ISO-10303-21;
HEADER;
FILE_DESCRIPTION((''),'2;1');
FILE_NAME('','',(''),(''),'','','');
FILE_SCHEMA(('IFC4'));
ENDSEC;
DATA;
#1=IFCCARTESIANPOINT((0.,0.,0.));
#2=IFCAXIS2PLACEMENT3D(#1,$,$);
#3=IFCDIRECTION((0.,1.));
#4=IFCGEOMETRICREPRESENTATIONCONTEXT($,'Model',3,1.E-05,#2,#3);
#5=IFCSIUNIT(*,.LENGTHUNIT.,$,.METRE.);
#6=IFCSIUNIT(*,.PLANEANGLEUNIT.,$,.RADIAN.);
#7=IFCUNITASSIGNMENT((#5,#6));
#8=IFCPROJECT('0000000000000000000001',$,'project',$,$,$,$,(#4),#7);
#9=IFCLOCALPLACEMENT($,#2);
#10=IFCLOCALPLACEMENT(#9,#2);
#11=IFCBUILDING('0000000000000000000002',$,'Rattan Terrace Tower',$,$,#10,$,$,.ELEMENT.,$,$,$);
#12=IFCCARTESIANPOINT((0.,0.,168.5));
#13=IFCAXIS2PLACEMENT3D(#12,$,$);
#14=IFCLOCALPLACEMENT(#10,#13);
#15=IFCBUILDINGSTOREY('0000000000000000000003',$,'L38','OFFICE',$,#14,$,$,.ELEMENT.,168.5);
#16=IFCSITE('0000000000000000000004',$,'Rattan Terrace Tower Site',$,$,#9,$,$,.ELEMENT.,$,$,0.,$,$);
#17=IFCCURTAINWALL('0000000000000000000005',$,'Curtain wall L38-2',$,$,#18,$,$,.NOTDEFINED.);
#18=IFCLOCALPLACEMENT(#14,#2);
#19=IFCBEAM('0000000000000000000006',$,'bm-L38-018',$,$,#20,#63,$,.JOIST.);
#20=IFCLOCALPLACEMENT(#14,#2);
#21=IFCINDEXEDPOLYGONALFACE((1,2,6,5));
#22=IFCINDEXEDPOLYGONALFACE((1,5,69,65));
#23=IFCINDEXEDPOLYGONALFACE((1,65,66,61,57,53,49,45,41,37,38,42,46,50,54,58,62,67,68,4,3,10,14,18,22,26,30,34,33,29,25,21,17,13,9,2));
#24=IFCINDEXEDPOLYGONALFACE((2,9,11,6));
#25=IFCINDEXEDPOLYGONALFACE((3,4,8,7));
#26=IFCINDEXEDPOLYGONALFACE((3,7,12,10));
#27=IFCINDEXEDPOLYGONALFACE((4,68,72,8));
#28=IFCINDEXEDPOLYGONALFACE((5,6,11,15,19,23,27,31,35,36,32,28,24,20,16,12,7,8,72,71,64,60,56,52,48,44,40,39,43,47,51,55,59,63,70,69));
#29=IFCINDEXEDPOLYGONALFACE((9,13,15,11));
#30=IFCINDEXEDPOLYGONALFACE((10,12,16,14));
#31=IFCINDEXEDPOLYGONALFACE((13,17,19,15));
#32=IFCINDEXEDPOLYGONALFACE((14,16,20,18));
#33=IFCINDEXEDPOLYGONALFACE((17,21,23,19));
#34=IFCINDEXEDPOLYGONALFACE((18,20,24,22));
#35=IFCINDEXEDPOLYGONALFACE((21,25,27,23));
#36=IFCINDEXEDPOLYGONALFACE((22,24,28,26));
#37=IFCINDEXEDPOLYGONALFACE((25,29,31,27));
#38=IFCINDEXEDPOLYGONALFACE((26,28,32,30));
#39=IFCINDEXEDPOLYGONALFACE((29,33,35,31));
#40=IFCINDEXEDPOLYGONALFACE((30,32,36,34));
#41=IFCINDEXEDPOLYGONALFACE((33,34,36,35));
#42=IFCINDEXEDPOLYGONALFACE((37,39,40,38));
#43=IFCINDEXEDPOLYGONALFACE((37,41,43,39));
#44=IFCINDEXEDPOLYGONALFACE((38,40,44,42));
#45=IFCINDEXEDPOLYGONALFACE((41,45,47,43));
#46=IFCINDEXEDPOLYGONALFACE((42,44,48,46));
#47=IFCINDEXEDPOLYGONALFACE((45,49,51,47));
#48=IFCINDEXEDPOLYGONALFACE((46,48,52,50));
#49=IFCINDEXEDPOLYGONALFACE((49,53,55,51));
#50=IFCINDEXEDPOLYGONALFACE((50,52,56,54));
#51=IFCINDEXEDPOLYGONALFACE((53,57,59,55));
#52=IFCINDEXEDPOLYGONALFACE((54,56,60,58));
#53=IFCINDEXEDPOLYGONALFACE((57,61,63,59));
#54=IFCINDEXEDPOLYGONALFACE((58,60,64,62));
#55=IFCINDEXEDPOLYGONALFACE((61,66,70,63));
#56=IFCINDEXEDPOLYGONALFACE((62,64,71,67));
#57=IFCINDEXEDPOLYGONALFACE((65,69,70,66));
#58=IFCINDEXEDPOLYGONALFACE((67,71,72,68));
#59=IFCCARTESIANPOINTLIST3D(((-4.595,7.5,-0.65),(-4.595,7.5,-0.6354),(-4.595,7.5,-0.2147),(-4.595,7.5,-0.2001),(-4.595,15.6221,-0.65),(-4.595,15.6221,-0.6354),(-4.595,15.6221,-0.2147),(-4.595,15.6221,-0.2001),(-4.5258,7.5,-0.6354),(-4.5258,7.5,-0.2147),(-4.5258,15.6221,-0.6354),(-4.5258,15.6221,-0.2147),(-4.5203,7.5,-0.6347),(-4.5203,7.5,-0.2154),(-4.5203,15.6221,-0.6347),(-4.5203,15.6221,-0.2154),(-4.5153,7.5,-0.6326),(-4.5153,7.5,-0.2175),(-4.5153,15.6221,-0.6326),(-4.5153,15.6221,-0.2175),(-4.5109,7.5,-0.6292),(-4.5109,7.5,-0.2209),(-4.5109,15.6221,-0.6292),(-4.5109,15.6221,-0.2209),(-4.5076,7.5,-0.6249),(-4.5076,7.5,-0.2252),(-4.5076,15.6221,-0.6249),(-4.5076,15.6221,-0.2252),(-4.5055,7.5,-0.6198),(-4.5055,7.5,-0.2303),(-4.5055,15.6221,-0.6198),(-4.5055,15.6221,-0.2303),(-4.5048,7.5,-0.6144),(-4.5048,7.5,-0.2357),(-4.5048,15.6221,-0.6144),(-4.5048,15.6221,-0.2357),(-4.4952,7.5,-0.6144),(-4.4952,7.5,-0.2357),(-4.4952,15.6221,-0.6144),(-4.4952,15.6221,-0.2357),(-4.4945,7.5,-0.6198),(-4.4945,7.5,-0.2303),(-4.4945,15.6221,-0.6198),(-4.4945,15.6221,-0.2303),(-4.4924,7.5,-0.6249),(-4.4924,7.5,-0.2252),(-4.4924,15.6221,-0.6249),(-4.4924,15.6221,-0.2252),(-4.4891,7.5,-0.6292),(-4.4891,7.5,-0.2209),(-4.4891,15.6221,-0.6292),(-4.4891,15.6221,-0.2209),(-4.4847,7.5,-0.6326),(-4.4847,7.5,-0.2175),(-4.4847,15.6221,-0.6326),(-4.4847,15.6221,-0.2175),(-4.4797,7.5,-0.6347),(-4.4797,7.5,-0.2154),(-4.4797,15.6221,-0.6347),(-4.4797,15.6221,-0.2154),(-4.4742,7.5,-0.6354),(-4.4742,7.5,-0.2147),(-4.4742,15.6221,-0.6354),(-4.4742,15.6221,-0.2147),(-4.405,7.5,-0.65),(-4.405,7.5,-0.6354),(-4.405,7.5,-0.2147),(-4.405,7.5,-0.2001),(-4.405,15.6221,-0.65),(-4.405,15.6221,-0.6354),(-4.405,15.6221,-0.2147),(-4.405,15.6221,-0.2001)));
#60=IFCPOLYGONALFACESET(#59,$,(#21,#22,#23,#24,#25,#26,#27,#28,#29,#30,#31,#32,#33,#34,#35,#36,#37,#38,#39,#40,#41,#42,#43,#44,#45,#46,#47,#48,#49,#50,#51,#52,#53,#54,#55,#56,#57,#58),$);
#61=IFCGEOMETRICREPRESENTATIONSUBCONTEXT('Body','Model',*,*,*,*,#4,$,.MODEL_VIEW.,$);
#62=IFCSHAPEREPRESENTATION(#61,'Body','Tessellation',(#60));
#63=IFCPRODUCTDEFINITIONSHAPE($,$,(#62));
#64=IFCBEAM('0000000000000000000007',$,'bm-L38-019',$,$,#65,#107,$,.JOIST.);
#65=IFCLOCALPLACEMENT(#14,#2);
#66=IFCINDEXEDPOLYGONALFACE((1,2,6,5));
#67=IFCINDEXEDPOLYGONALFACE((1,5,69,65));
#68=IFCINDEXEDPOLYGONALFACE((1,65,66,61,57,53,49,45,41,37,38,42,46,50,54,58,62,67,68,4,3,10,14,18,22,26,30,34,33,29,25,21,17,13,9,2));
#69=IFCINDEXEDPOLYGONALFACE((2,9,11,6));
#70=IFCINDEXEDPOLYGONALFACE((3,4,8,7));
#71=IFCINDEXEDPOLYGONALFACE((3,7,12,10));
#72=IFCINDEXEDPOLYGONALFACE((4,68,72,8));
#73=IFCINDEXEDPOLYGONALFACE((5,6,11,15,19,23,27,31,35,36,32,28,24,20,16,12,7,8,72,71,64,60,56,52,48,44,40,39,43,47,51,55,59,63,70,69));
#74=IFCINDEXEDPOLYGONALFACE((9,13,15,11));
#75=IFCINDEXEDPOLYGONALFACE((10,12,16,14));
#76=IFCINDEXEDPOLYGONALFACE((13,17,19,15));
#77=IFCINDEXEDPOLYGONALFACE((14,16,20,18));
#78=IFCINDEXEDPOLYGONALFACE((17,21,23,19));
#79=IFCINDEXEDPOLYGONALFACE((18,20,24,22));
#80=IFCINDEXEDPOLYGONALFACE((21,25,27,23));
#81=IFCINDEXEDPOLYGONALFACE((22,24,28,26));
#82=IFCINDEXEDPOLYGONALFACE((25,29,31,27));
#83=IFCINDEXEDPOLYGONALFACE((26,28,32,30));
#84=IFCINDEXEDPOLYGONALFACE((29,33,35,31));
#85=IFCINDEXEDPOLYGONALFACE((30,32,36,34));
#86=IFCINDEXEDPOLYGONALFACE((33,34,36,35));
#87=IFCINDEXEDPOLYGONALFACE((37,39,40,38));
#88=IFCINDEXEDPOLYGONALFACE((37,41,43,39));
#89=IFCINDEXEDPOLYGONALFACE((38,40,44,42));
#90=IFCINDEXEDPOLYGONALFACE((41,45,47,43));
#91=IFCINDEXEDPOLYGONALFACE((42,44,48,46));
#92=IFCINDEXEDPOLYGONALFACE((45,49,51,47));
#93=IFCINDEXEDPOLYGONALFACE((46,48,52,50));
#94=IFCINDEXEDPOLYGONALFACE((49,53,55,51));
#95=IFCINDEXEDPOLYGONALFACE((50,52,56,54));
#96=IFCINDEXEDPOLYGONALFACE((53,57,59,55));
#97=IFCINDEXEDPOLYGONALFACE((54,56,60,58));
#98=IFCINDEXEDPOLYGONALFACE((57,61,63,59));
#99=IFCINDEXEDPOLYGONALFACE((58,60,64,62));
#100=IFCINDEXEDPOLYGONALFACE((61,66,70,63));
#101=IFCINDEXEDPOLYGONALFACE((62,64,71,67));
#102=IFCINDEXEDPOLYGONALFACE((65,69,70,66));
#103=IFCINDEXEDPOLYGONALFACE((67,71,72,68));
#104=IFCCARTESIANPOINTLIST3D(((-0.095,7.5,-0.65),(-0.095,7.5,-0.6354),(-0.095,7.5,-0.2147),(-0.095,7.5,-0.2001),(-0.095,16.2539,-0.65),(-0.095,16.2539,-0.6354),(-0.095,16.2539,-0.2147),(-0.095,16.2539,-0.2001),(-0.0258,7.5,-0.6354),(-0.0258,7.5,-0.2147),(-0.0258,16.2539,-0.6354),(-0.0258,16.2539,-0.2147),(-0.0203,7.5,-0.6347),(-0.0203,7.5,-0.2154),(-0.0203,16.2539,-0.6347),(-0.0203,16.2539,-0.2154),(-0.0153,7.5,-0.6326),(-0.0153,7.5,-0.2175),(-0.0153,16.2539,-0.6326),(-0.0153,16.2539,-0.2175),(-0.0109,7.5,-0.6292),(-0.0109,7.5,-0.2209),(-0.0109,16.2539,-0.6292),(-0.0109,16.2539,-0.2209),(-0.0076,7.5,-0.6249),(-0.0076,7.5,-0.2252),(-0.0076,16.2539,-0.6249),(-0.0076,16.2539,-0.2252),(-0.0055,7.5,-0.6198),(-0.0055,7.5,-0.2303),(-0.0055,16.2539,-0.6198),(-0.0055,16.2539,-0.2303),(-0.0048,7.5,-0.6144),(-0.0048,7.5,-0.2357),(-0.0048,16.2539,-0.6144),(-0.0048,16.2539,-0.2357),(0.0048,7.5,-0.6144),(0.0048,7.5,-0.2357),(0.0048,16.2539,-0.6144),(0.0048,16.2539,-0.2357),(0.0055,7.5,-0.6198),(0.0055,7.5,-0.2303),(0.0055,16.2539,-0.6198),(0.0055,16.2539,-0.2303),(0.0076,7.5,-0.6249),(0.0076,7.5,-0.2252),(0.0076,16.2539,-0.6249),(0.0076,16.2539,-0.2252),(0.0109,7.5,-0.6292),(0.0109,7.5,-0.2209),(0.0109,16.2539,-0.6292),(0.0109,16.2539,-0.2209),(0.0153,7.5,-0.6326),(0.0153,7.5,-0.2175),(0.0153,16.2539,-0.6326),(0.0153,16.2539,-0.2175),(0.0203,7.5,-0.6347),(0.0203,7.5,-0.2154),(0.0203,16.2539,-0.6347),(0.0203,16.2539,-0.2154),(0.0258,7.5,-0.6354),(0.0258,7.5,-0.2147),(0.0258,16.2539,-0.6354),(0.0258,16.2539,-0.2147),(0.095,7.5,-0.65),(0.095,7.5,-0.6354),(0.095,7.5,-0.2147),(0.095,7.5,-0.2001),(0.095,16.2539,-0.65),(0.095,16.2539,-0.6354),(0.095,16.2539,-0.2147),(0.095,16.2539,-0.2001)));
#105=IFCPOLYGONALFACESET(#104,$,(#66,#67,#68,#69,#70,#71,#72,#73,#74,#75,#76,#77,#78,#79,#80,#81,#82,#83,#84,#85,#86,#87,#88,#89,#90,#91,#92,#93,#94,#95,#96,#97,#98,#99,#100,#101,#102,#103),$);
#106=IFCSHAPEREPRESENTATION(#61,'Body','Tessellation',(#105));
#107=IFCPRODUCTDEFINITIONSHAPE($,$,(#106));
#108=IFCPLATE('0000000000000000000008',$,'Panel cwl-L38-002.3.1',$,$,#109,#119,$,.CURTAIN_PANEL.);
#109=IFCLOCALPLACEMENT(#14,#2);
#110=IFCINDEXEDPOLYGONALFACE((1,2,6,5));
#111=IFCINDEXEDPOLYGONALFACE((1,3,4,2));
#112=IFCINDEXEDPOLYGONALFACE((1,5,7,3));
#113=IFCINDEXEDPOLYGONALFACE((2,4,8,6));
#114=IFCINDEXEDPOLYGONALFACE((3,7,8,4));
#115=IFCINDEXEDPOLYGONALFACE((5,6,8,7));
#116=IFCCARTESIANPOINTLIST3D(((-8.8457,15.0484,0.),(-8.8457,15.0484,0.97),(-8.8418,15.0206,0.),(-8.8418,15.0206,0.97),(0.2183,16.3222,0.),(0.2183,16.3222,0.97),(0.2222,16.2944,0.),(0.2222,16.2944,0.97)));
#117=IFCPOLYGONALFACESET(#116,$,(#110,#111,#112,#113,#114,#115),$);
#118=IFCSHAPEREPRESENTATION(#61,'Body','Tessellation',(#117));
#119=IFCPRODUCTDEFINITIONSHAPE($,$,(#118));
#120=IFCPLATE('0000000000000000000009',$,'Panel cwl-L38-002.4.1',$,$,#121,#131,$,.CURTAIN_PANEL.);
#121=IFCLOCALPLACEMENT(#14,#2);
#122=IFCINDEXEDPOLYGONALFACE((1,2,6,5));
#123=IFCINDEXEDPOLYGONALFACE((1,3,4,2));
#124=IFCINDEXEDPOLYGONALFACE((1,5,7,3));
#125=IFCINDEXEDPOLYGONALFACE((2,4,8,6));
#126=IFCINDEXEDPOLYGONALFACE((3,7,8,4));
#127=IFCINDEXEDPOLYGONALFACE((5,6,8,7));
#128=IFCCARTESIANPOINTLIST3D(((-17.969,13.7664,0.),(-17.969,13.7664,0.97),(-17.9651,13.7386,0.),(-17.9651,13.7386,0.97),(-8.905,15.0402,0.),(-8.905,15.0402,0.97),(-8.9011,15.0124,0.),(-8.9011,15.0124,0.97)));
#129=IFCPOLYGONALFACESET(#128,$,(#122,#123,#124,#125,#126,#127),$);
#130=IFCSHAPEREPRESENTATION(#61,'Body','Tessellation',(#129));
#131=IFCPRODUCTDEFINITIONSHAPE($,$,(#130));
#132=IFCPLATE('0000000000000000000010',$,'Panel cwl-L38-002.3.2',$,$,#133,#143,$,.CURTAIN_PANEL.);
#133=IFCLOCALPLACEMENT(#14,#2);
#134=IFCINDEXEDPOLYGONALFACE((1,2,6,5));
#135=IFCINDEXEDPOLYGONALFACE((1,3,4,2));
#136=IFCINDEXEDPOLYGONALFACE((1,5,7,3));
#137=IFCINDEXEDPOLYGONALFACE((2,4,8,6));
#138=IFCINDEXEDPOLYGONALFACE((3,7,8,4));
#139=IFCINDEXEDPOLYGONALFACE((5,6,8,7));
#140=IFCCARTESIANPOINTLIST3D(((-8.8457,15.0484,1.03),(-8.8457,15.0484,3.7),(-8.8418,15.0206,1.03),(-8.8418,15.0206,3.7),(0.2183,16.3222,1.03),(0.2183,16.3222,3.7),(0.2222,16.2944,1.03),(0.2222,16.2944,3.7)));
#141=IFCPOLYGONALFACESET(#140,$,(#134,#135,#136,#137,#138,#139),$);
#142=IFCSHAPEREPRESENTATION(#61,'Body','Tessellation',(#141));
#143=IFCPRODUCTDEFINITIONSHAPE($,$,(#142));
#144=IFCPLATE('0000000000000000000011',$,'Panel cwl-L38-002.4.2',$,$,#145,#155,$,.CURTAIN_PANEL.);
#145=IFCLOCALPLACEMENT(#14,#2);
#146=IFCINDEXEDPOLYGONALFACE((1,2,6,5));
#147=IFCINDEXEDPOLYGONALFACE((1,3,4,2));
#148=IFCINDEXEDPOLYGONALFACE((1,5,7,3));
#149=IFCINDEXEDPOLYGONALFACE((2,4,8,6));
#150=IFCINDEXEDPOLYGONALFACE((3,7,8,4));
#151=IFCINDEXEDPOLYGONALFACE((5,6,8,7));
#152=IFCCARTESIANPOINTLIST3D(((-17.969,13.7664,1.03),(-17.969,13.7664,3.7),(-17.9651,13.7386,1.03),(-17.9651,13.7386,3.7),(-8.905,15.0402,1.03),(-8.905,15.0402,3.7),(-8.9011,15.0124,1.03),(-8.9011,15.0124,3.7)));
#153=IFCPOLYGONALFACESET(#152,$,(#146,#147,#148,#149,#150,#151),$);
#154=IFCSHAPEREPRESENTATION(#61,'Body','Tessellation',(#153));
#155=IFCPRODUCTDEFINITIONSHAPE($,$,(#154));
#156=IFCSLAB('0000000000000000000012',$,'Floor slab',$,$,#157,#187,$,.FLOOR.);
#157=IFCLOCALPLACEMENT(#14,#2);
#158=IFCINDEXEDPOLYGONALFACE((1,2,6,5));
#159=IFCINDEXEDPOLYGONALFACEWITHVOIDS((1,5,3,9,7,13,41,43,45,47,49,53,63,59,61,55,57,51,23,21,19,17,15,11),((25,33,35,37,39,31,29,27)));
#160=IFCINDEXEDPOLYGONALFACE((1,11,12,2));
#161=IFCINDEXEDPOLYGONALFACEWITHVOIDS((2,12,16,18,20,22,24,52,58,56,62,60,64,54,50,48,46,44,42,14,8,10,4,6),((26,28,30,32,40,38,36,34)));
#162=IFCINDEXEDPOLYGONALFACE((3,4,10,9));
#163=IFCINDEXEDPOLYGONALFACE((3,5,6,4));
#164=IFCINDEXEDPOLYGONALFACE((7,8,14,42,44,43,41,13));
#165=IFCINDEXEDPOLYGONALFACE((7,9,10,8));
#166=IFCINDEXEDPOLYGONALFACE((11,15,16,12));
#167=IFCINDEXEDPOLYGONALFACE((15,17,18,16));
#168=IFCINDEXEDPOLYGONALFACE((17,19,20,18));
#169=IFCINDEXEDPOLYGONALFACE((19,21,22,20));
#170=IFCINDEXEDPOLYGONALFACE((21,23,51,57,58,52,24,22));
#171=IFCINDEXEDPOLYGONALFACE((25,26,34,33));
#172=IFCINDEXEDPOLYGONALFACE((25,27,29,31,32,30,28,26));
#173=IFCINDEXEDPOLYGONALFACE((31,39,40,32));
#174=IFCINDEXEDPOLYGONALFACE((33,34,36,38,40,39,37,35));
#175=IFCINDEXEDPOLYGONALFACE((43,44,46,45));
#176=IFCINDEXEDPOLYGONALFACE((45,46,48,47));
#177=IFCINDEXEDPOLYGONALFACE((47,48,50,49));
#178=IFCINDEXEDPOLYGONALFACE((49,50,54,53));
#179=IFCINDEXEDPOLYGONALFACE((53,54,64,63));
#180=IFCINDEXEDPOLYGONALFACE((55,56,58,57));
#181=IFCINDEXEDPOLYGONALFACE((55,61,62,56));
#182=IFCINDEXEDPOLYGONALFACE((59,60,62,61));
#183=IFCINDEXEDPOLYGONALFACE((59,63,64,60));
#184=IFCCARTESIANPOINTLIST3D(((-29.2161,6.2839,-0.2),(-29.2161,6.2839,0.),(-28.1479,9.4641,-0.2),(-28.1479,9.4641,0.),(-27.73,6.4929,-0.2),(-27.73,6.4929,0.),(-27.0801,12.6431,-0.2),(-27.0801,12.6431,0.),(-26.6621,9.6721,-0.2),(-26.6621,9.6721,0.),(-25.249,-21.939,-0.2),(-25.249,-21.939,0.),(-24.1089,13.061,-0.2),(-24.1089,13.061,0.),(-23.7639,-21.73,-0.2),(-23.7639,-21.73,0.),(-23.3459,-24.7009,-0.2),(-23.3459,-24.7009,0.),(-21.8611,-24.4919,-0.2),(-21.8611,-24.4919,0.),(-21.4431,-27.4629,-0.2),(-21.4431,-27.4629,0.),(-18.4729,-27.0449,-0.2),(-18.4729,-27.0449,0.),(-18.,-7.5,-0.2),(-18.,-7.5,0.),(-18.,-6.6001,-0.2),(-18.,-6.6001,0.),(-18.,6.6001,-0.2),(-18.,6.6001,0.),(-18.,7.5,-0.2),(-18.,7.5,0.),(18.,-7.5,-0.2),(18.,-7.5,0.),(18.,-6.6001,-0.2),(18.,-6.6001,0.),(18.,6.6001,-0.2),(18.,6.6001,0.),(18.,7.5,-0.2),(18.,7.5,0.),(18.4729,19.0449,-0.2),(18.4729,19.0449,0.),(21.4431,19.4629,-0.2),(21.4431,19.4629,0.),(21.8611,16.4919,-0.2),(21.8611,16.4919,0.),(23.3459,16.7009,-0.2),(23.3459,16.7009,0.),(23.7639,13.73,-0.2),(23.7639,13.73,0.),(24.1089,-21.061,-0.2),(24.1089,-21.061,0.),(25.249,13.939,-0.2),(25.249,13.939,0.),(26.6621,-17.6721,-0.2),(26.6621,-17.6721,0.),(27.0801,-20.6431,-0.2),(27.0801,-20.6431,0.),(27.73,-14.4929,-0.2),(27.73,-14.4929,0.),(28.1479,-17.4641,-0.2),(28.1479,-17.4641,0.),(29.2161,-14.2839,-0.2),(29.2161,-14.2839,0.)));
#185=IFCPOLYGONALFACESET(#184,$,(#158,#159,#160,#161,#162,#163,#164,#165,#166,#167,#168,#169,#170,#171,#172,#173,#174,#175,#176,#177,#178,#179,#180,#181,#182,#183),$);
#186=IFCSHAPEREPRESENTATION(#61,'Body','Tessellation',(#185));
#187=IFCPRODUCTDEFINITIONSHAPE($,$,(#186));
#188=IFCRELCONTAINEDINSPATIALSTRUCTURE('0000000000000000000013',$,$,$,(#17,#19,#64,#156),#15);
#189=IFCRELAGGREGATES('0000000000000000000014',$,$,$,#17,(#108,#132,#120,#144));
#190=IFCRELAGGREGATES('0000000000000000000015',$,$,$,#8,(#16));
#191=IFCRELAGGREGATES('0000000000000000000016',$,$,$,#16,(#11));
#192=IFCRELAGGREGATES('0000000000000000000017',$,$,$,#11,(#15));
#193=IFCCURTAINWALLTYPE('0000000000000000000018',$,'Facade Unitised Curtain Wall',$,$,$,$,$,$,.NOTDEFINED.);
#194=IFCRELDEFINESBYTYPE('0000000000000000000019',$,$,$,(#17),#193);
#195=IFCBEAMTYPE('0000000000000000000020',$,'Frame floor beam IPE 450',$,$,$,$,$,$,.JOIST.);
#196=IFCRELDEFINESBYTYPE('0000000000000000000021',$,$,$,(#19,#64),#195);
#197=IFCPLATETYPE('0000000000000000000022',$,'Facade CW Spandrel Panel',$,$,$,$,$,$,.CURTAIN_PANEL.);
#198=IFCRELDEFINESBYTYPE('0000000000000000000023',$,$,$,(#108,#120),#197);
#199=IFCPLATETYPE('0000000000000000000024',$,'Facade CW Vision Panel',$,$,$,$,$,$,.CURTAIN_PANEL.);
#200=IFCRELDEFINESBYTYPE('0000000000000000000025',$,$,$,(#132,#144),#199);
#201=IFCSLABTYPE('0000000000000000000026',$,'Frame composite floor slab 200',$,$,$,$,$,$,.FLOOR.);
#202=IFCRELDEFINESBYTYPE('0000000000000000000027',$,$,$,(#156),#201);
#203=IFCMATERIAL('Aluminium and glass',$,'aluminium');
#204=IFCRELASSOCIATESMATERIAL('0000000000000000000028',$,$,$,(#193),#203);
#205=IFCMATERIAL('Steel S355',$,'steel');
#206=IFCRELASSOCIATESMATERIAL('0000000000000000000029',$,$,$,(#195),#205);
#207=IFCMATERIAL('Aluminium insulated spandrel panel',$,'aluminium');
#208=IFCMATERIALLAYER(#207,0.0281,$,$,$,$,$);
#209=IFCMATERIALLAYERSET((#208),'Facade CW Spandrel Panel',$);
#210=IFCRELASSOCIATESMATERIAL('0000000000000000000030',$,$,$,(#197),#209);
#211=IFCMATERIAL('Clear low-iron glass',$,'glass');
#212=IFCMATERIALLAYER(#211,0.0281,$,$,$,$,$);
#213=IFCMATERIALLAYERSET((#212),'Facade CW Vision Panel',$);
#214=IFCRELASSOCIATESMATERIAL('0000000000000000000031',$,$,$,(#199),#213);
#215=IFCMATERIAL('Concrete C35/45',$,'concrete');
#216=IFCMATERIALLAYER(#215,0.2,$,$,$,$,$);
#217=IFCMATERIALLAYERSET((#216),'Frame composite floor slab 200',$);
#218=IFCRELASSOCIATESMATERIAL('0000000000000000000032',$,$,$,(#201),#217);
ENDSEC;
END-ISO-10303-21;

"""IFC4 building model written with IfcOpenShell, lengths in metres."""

from ifc_helpers import new_model, si_unit, direction, frame, origin, origin_2d, place, context, subcontext, project, spatial, polyline, rectangle, i_section, outline, extrude, material, layer, layer_set, material_profile, profile_set, type_object, element, aggregate, save


model = new_model("IFC4")

# Units and contexts
model_context = context("Model", 3, precision=1e-05, world=origin(), true_north=direction((0.0, 1.0)))
body_context = subcontext(model_context, "Body", "Model", "MODEL_VIEW")
ifc_project = project(units=[si_unit("LENGTHUNIT", "METRE"), si_unit("PLANEANGLEUNIT", "RADIAN")], contexts=[model_context])

# Site, building, storey
site_placement = place(None, origin())
site = spatial("IfcSite", under=ifc_project, at=site_placement, Name="Rattan Terrace Tower Site", CompositionType="ELEMENT", RefElevation=0.0)
building_placement = place(site_placement, origin())
building = spatial("IfcBuilding", under=site, at=building_placement, Name="Rattan Terrace Tower", CompositionType="ELEMENT")
storey_placement = place(building_placement, frame((0.0, 0.0, 168.5)))
storey = spatial("IfcBuildingStorey", under=building, at=storey_placement, Name="L38", Description="OFFICE", CompositionType="ELEMENT", Elevation=168.5)

# Curtain wall
ifc_material_1 = material(Name="Aluminium and glass", Category="aluminium")
curtain_wall_type = type_object("IfcCurtainWallType", Name="Facade Unitised Curtain Wall", PredefinedType="NOTDEFINED", material=ifc_material_1)
curtain_wall_placement = place(storey_placement, origin())
curtain_wall = element("IfcCurtainWall", 1, at=curtain_wall_placement, inside=storey, type_object=curtain_wall_type, Name="Curtain wall L38-2", PredefinedType="NOTDEFINED")

# Beams
ifc_material_2 = material(Name="Steel S355", Category="steel")
ifc_material_profile_1 = material_profile(ifc_material_2, i_section(OverallWidth=0.1899, OverallDepth=0.45, WebThickness=0.0095, FlangeThickness=0.0146, FilletRadius=0.021, at=origin_2d()), Name="IPE 450")
ifc_profile_set_1 = profile_set([ifc_material_profile_1], Name="Steel S355")
beam_type_1 = type_object("IfcBeamType", Name="Frame floor beam IPE 450", PredefinedType="JOIST", material=ifc_profile_set_1)
beam_1_placement = place(storey_placement, frame((-4.5, 7.5, -0.425), z_axis=(0.0, 1.0, 0.0), x_axis=(-1.0, 0.0, 0.0)))
element("IfcBeam", 2, at=beam_1_placement, inside=storey, type_object=beam_type_1, Name="bm-L38-018", PredefinedType="JOIST", context=body_context, shape_type="SweptSolid", body=[
    extrude(i_section(OverallWidth=0.1899, OverallDepth=0.45, WebThickness=0.0095, FlangeThickness=0.0146, FilletRadius=0.021, at=origin_2d()), origin(), (0.0, 0.0, 1.0), 8.1221),
])
beam_2_placement = place(storey_placement, frame((0.0, 7.5, -0.425), z_axis=(0.0, 1.0, 0.0), x_axis=(-1.0, 0.0, 0.0)))
element("IfcBeam", 3, at=beam_2_placement, inside=storey, type_object=beam_type_1, Name="bm-L38-019", PredefinedType="JOIST", context=body_context, shape_type="SweptSolid", body=[
    extrude(i_section(OverallWidth=0.1899, OverallDepth=0.45, WebThickness=0.0095, FlangeThickness=0.0146, FilletRadius=0.021, at=origin_2d()), origin(), (0.0, 0.0, 1.0), 8.7539),
])

# Plates
ifc_material_3 = material(Name="Aluminium insulated spandrel panel", Category="aluminium")
ifc_layer_1 = layer(ifc_material_3, 0.0281)
ifc_layer_set_1 = layer_set([ifc_layer_1], Name="Facade CW Spandrel Panel")
plate_type_1 = type_object("IfcPlateType", Name="Facade CW Spandrel Panel", PredefinedType="CURTAIN_PANEL", material=ifc_layer_set_1)
plate_1_placement = place(storey_placement, frame((-4.3118, 15.6714, 0.0), z_axis=(0.0, 0.0, 1.0), x_axis=(-0.99027, -0.139161, 0.0)))
plate_1 = element("IfcPlate", 4, at=plate_1_placement, type_object=plate_type_1, Name="Panel cwl-L38-002.3.1", PredefinedType="CURTAIN_PANEL", context=body_context, shape_type="SweptSolid", body=[
    extrude(rectangle(XDim=9.1531, YDim=0.0281, at=origin_2d()), origin(), (0.0, 0.0, 1.0), 0.97),
])
plate_2_placement = place(storey_placement, frame((-13.4351, 14.3894, 0.0), z_axis=(0.0, 0.0, 1.0), x_axis=(-0.99027, -0.139161, 0.0)))
plate_2 = element("IfcPlate", 5, at=plate_2_placement, type_object=plate_type_1, Name="Panel cwl-L38-002.4.1", PredefinedType="CURTAIN_PANEL", context=body_context, shape_type="SweptSolid", body=[
    extrude(rectangle(XDim=9.1531, YDim=0.0281, at=origin_2d()), origin(), (0.0, 0.0, 1.0), 0.97),
])
ifc_material_4 = material(Name="Clear low-iron glass", Category="glass")
ifc_layer_2 = layer(ifc_material_4, 0.0281)
ifc_layer_set_2 = layer_set([ifc_layer_2], Name="Facade CW Vision Panel")
plate_type_2 = type_object("IfcPlateType", Name="Facade CW Vision Panel", PredefinedType="CURTAIN_PANEL", material=ifc_layer_set_2)
plate_3_placement = place(storey_placement, frame((-4.3118, 15.6714, 1.03), z_axis=(0.0, 0.0, 1.0), x_axis=(-0.99027, -0.139161, 0.0)))
plate_3 = element("IfcPlate", 6, at=plate_3_placement, type_object=plate_type_2, Name="Panel cwl-L38-002.3.2", PredefinedType="CURTAIN_PANEL", context=body_context, shape_type="SweptSolid", body=[
    extrude(rectangle(XDim=9.1531, YDim=0.0281, at=origin_2d()), origin(), (0.0, 0.0, 1.0), 2.6699),
])
plate_4_placement = place(storey_placement, frame((-13.4351, 14.3894, 1.03), z_axis=(0.0, 0.0, 1.0), x_axis=(-0.99027, -0.139161, 0.0)))
plate_4 = element("IfcPlate", 7, at=plate_4_placement, type_object=plate_type_2, Name="Panel cwl-L38-002.4.2", PredefinedType="CURTAIN_PANEL", context=body_context, shape_type="SweptSolid", body=[
    extrude(rectangle(XDim=9.1531, YDim=0.0281, at=origin_2d()), origin(), (0.0, 0.0, 1.0), 2.6699),
])
aggregate(curtain_wall, [plate_1, plate_3, plate_2, plate_4])

# Slab
ifc_material_5 = material(Name="Concrete C35/45", Category="concrete")
ifc_layer_3 = layer(ifc_material_5, 0.2)
ifc_layer_set_3 = layer_set([ifc_layer_3], Name="Frame composite floor slab 200")
slab_type = type_object("IfcSlabType", Name="Frame composite floor slab 200", PredefinedType="FLOOR", material=ifc_layer_set_3)
slab_1_placement = place(storey_placement, frame((0.0, 0.0, -0.2)))
element("IfcSlab", 8, at=slab_1_placement, inside=storey, type_object=slab_type, Name="Floor slab", PredefinedType="FLOOR", context=body_context, shape_type="SweptSolid", body=[
    extrude(outline(polyline([(-18.4729, -27.0449), (24.1089, -21.061), (27.0801, -20.6431), (26.6621, -17.6721), (28.1479, -17.4641), (27.73, -14.4929), (29.2161, -14.2839), (25.249, 13.939), (23.7639, 13.73), (23.3459, 16.7009), (21.8611, 16.4919), (21.4431, 19.4629), (18.4729, 19.0449), (-24.1089, 13.061), (-27.0801, 12.6431), (-26.6621, 9.6721), (-28.1479, 9.4641), (-27.73, 6.4929), (-29.2161, 6.2839), (-25.249, -21.939), (-23.7639, -21.73), (-23.3459, -24.7009), (-21.8611, -24.4919), (-21.4431, -27.4629), (-18.4729, -27.0449)]), holes=[polyline([(-18.0, -7.5), (18.0, -7.5), (18.0, -6.6001), (18.0, 6.6001), (18.0, 7.5), (-18.0, 7.5), (-18.0, 6.6001), (-18.0, -6.6001), (-18.0, -7.5)])]), origin(), (0.0, 0.0, 1.0), 0.2),
])

save(model, "model.ifc")
